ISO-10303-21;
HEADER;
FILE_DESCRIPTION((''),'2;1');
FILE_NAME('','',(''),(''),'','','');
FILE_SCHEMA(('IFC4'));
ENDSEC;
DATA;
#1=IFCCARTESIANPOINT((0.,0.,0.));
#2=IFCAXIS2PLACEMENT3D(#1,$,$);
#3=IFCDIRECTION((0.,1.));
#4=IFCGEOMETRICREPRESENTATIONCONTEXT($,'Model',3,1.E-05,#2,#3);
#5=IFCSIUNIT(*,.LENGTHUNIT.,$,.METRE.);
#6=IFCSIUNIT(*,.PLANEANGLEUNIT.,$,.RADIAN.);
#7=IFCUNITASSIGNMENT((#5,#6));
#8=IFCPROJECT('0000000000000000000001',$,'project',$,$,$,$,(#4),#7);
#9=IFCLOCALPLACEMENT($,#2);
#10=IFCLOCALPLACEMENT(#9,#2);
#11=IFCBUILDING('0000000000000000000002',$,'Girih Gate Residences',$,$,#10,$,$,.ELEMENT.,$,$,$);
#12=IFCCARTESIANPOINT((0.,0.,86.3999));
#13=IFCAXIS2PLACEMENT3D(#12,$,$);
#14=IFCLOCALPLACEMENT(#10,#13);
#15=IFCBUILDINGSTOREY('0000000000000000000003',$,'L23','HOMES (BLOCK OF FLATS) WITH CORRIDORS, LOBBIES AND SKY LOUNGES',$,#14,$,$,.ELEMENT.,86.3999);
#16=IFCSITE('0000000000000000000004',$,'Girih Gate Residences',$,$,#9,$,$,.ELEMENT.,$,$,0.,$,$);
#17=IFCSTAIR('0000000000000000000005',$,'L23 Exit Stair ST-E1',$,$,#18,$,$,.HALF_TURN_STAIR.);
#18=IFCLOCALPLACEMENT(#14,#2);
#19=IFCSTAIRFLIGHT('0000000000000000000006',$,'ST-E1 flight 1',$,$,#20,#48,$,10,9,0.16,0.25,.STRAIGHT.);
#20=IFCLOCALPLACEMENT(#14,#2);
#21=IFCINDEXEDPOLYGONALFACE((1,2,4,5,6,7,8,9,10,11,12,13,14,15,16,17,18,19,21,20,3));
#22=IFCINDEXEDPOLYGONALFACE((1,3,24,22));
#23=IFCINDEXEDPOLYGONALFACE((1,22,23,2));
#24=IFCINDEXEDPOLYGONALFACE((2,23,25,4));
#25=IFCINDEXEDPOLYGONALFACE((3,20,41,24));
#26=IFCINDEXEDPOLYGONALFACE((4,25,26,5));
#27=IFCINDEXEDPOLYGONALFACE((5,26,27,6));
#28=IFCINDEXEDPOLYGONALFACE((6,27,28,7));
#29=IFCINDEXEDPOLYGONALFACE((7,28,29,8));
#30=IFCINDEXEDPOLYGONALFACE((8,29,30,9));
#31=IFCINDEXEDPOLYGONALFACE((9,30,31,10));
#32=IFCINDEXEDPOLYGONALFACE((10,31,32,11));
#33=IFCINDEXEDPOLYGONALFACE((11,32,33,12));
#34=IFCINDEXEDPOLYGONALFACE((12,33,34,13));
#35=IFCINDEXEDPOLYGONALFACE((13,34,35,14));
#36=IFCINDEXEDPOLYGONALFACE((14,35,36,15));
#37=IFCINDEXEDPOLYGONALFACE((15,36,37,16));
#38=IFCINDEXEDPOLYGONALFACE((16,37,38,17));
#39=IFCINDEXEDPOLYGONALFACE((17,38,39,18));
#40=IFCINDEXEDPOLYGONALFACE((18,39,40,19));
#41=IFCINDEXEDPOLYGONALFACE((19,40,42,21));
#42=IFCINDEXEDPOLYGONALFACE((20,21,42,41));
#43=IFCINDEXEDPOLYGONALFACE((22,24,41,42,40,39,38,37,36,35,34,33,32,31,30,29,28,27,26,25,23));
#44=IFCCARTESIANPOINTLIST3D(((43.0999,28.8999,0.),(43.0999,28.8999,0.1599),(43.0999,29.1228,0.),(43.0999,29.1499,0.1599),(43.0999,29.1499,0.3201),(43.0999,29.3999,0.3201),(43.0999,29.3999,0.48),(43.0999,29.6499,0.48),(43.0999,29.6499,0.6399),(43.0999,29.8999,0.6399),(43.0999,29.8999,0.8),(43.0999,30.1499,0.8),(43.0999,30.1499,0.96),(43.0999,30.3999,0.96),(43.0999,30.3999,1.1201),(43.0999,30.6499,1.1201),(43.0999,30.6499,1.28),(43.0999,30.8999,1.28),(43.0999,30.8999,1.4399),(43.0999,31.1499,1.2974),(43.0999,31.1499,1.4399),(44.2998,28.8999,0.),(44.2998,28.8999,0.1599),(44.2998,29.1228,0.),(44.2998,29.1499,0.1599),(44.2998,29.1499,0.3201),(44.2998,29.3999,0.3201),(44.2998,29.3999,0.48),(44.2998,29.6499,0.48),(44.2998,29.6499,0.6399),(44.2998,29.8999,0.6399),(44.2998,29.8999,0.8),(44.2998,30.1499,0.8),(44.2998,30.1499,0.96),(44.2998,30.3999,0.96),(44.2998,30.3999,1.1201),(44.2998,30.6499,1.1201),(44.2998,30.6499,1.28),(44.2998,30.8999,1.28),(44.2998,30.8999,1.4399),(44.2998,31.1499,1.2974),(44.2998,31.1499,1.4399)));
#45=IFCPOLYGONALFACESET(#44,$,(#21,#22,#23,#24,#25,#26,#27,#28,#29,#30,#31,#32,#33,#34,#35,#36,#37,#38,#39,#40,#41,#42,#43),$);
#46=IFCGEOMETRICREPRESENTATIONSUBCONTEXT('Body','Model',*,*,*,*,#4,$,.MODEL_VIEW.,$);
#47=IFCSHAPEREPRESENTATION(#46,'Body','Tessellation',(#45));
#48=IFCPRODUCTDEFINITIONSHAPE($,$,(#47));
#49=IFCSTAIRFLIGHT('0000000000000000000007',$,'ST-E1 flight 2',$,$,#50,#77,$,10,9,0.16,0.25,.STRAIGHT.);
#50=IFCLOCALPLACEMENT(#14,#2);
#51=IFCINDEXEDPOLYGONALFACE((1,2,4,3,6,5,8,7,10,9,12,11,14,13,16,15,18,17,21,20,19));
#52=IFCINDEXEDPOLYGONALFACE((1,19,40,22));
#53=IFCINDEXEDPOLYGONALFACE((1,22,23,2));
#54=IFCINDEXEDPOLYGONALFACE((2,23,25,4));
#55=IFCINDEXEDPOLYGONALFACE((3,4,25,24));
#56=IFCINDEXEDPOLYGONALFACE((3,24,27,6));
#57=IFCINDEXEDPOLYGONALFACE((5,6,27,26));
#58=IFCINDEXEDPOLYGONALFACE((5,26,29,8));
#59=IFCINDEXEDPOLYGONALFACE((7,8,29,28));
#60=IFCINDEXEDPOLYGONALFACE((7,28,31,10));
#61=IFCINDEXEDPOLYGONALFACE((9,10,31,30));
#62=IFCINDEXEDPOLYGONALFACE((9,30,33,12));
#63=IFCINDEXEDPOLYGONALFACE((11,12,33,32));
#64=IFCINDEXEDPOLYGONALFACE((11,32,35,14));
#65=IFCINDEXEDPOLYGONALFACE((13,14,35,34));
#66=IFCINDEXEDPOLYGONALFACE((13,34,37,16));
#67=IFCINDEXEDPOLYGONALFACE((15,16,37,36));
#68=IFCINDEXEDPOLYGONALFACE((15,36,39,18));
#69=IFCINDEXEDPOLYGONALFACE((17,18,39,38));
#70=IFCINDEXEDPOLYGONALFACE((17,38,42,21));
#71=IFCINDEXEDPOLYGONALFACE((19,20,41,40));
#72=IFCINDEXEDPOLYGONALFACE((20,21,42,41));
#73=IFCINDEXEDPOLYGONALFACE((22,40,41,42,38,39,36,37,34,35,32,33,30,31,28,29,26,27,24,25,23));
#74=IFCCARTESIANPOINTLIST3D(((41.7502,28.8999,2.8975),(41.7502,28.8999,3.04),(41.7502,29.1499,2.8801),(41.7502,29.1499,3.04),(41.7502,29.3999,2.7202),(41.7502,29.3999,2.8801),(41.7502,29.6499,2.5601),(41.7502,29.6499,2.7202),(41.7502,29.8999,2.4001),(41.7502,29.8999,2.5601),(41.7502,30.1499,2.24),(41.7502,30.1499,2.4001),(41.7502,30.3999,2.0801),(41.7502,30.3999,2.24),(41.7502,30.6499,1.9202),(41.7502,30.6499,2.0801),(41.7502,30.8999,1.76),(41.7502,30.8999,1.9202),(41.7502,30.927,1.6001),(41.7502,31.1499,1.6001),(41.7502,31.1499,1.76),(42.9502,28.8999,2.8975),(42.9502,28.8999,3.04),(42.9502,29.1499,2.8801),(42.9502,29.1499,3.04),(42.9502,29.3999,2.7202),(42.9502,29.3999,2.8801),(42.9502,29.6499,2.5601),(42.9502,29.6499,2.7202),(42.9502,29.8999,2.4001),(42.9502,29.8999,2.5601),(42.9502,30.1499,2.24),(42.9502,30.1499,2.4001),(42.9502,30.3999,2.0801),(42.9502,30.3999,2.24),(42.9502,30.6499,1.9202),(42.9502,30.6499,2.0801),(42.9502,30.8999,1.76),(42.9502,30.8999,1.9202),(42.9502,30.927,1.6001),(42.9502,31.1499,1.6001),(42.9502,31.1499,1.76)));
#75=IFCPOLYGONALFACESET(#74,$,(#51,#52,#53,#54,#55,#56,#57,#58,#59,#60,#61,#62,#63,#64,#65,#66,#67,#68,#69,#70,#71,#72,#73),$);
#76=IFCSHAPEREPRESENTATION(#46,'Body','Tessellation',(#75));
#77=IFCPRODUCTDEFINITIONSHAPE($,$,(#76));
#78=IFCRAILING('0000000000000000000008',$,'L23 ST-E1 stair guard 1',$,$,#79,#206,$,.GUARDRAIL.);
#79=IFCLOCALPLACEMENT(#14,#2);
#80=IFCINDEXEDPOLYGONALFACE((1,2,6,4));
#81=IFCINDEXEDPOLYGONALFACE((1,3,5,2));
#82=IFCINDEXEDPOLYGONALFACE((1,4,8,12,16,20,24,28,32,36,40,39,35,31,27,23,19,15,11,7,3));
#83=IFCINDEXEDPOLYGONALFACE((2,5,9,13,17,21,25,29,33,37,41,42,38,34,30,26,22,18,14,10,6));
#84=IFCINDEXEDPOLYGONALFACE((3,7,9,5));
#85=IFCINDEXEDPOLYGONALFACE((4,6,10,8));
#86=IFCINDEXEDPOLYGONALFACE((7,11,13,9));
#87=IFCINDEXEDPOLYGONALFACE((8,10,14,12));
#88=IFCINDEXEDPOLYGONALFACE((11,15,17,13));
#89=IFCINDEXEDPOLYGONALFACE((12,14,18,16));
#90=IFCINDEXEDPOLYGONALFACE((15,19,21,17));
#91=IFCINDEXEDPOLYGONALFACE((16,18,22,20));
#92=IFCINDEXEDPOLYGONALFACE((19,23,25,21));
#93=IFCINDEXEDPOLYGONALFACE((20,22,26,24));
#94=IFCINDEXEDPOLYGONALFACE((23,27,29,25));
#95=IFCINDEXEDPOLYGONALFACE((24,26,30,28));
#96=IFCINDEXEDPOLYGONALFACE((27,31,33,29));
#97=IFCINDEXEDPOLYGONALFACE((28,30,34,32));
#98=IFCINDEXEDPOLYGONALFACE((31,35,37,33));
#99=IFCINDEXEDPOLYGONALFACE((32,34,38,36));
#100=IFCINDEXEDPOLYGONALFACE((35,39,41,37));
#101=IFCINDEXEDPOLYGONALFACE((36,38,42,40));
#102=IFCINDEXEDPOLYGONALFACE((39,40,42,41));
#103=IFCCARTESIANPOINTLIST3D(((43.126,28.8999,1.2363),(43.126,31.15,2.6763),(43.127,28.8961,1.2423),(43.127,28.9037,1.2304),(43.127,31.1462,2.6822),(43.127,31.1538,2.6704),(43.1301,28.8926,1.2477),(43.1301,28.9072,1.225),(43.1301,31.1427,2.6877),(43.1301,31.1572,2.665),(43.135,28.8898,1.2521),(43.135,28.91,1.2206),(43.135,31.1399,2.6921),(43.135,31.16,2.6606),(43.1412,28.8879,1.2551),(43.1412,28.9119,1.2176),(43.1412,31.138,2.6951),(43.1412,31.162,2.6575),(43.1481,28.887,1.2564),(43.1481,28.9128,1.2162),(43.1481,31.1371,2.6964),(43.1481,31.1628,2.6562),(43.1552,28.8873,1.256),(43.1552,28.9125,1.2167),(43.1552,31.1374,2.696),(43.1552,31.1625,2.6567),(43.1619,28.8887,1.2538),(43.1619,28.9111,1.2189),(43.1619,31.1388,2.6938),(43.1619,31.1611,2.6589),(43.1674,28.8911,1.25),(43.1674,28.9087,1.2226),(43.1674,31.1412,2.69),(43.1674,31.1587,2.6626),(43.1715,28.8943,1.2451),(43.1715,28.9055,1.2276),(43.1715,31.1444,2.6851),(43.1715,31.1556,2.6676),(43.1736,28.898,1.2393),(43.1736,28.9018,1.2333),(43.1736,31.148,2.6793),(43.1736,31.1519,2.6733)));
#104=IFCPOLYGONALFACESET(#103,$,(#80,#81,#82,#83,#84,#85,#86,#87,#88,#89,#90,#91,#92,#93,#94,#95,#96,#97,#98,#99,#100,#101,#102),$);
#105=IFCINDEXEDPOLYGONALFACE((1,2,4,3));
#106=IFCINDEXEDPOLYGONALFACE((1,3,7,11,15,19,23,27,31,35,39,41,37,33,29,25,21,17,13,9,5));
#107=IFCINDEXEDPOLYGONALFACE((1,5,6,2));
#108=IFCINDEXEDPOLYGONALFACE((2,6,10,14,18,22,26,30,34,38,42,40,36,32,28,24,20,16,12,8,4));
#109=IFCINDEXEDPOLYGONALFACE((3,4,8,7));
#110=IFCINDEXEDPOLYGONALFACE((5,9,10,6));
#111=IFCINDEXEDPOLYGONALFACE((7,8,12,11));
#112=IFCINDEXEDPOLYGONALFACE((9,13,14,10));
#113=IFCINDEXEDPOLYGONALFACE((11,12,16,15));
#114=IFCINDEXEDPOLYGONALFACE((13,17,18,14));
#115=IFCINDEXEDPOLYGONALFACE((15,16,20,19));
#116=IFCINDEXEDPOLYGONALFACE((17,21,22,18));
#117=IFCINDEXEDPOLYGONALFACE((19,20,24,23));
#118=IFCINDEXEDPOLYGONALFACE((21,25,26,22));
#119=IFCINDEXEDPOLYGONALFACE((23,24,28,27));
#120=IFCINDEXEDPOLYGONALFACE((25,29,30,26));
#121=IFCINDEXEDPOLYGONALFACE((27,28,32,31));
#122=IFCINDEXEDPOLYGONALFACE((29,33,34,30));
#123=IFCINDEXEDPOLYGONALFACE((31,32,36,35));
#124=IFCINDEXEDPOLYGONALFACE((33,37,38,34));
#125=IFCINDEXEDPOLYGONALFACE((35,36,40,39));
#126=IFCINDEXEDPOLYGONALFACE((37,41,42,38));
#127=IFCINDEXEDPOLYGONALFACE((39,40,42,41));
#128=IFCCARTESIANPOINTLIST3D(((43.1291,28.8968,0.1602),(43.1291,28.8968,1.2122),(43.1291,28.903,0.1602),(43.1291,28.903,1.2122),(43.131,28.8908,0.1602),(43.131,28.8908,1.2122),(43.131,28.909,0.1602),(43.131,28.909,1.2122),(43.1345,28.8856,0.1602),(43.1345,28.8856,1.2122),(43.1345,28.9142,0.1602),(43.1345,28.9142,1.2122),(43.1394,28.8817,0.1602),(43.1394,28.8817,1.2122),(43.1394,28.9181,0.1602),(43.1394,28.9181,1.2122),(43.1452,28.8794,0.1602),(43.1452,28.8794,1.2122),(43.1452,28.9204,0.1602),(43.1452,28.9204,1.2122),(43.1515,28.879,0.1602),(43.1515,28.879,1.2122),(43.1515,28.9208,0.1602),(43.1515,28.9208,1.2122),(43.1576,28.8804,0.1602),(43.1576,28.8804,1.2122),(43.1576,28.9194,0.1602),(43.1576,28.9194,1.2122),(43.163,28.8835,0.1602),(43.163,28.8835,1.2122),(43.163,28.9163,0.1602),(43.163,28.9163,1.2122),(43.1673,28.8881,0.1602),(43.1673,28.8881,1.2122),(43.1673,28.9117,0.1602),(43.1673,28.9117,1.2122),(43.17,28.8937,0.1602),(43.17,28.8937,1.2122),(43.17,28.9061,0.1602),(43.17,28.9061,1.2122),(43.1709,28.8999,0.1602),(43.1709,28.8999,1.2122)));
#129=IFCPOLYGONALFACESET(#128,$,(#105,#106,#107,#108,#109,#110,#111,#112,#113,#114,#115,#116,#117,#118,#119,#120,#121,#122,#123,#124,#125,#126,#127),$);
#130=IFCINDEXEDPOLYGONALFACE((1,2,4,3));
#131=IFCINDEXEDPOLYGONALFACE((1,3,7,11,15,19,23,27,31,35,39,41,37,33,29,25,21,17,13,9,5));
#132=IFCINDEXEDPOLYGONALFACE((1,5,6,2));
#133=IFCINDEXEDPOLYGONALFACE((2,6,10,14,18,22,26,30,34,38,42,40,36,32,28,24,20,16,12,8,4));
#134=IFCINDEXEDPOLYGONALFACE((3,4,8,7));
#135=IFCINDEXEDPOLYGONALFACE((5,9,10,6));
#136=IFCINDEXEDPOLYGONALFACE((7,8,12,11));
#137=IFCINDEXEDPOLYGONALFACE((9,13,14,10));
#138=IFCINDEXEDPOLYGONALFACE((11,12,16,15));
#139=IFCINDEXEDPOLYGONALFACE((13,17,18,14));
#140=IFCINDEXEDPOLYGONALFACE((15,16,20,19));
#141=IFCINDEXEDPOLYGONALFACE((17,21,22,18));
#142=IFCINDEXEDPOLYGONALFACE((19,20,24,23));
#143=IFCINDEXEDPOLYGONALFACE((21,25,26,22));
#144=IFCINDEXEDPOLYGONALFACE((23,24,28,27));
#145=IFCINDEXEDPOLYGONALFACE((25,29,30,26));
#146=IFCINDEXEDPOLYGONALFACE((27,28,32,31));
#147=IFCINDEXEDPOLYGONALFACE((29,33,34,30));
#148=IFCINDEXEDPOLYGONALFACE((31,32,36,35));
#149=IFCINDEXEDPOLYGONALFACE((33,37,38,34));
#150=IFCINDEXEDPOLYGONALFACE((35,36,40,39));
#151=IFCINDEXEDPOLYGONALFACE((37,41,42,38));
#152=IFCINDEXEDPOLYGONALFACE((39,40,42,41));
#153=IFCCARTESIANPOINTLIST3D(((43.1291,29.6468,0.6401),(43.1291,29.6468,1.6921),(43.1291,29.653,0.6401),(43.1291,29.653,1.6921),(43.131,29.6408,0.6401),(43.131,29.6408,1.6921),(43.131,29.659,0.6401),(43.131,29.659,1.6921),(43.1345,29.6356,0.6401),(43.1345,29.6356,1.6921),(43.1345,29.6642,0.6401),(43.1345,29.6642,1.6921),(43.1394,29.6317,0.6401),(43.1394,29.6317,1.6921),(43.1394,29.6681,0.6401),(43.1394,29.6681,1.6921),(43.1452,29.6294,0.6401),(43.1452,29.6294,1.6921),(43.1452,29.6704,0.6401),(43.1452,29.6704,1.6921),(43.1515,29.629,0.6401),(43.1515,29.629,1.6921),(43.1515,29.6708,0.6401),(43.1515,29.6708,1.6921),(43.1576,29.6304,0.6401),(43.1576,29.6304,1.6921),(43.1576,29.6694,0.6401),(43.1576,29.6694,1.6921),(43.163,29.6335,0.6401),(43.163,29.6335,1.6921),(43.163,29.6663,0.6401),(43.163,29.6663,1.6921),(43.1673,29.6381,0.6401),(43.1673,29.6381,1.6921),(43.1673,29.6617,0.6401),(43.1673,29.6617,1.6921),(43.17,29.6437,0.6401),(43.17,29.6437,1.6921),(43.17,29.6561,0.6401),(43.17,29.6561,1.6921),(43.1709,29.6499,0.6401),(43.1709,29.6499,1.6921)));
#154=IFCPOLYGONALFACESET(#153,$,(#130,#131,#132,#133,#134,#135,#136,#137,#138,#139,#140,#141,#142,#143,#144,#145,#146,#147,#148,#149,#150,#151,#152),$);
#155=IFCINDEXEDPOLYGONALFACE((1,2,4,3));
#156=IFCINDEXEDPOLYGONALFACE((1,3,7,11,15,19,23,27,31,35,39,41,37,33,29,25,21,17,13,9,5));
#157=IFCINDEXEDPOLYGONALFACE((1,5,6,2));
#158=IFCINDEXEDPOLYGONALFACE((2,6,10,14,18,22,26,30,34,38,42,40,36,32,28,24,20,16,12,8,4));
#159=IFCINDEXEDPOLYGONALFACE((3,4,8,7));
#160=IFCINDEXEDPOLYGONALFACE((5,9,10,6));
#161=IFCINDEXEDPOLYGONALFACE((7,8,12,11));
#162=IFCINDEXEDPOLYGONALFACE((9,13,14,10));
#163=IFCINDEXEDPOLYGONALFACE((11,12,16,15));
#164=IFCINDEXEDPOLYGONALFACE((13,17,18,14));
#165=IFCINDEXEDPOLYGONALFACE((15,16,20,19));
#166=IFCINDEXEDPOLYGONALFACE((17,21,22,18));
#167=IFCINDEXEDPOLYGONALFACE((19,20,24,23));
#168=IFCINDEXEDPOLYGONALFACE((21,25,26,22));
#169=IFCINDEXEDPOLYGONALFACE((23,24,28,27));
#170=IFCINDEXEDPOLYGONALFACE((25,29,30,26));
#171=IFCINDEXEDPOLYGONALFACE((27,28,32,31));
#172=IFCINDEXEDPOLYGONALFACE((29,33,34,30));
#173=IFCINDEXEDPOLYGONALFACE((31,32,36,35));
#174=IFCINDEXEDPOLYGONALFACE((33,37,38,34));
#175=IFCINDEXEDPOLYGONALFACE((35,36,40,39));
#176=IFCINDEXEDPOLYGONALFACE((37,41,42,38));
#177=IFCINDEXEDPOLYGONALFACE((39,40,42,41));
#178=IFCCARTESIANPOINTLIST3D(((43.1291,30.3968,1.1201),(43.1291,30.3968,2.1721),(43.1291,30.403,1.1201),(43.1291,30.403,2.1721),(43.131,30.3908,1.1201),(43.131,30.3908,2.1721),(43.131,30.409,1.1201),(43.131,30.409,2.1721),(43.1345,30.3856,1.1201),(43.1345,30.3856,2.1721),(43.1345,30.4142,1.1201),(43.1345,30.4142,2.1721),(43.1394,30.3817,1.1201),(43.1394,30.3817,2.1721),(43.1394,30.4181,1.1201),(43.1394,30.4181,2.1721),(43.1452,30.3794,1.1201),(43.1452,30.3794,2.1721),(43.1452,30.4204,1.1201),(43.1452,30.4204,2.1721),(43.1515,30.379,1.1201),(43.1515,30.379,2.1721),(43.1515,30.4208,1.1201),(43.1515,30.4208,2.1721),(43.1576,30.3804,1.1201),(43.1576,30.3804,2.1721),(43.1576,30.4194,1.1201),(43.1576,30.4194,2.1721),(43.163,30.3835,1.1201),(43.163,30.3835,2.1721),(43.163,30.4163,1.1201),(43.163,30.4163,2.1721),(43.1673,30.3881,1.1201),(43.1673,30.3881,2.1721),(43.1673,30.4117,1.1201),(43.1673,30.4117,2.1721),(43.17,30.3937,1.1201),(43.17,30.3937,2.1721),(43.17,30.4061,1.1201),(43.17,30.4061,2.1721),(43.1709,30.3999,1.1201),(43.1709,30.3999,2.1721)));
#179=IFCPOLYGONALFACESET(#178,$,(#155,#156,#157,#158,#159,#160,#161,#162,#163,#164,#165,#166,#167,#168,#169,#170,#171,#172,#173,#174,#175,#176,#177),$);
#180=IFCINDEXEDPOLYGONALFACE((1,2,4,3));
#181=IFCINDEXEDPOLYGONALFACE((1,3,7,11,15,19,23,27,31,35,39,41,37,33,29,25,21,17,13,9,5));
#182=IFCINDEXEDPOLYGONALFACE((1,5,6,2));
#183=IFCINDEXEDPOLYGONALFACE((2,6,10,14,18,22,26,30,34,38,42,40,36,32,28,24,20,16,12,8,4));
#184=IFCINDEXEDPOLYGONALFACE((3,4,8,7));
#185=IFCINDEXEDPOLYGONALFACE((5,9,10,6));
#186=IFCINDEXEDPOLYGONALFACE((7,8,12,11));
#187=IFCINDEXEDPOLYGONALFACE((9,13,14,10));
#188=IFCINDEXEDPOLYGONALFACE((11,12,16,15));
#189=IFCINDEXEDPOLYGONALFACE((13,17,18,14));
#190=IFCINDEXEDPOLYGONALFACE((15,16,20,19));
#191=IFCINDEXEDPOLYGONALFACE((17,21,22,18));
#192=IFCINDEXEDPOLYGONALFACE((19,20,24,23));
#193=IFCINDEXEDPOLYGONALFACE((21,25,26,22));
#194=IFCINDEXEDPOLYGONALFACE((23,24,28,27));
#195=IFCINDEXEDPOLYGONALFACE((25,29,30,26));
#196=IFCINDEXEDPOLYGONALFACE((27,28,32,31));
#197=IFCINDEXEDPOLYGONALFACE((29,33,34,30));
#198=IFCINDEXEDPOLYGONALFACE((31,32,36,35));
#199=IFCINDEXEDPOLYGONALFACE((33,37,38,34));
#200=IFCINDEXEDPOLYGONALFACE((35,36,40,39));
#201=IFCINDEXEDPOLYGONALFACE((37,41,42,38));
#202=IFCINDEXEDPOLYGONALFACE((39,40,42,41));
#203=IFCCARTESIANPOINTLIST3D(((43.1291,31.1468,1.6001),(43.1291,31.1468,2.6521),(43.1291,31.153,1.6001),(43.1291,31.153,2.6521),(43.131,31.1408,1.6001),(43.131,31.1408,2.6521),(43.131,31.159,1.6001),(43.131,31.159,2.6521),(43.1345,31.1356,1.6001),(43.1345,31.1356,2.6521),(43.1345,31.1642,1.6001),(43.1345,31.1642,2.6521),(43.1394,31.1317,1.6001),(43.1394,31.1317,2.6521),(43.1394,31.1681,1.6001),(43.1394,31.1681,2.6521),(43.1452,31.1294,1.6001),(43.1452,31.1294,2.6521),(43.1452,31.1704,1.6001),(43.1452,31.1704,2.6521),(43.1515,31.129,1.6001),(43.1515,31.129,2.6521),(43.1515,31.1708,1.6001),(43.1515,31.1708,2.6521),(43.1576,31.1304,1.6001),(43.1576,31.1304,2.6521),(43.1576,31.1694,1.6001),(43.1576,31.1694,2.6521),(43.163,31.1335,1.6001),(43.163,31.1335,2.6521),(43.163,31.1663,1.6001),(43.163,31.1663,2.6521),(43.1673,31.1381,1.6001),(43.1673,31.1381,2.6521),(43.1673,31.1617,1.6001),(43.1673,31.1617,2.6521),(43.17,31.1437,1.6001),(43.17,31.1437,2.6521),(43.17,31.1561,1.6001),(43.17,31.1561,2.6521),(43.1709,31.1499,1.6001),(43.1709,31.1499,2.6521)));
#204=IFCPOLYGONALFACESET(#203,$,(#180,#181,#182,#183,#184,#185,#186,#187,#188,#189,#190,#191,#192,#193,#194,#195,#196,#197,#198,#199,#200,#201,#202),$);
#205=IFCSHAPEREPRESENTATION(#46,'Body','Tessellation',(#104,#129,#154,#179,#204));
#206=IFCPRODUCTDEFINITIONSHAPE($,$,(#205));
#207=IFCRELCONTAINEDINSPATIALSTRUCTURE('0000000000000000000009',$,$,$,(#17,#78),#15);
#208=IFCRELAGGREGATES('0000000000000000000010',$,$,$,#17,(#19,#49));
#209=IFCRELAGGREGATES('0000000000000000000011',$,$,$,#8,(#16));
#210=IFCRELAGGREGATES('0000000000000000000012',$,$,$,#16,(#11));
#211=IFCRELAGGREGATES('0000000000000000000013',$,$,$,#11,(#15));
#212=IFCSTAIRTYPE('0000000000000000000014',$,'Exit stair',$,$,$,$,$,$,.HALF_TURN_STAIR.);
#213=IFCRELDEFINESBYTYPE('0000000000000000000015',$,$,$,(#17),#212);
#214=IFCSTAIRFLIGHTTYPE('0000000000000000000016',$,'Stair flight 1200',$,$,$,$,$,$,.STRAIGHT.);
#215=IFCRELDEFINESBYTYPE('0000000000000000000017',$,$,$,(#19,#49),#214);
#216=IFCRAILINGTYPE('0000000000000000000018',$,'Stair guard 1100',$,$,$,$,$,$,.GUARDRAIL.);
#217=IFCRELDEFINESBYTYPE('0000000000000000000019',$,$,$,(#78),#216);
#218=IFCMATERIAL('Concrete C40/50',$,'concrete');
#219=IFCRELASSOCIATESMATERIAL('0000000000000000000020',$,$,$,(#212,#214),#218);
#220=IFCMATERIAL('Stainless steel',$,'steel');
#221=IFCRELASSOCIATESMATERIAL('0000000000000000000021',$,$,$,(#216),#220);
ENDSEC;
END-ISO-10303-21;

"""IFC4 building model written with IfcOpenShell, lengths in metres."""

from ifc_helpers import new_model, si_unit, direction, frame, origin, origin_2d, place, context, subcontext, project, spatial, polyline, circle, outline, extrude, material, type_object, element, aggregate, save


model = new_model("IFC4")

# Units and contexts
model_context = context("Model", 3, precision=1e-05, world=origin(), true_north=direction((0.0, 1.0)))
body_context = subcontext(model_context, "Body", "Model", "MODEL_VIEW")
ifc_project = project(units=[si_unit("LENGTHUNIT", "METRE"), si_unit("PLANEANGLEUNIT", "RADIAN")], contexts=[model_context])

# Site, building, storey
site_placement = place(None, origin())
site = spatial("IfcSite", under=ifc_project, at=site_placement, Name="Girih Gate Residences", CompositionType="ELEMENT", RefElevation=0.0)
building_placement = place(site_placement, origin())
building = spatial("IfcBuilding", under=site, at=building_placement, Name="Girih Gate Residences", CompositionType="ELEMENT")
storey_placement = place(building_placement, frame((0.0, 0.0, 86.3999)))
storey = spatial("IfcBuildingStorey", under=building, at=storey_placement, Name="L23", Description="HOMES (BLOCK OF FLATS) WITH CORRIDORS, LOBBIES AND SKY LOUNGES", CompositionType="ELEMENT", Elevation=86.3999)

# Shared definitions
ifc_material_1 = material(Name="Concrete C40/50", Category="concrete")

# Stair, stair flights
stair_type = type_object("IfcStairType", Name="Exit stair", PredefinedType="HALF_TURN_STAIR", material=ifc_material_1)
stair_placement = place(storey_placement, origin())
stair = element("IfcStair", 1, at=stair_placement, inside=storey, type_object=stair_type, Name="L23 Exit Stair ST-E1", PredefinedType="HALF_TURN_STAIR")
stair_flight_type = type_object("IfcStairFlightType", Name="Stair flight 1200", PredefinedType="STRAIGHT", material=ifc_material_1)
stair_flight_1_placement = place(storey_placement, frame((43.7, 28.8999, 0.0), z_axis=(0.0, 0.0, 1.0), x_axis=(0.0, 1.0, 0.0)))
stair_flight_1 = element("IfcStairFlight", 2, at=stair_flight_1_placement, type_object=stair_flight_type, Name="ST-E1 flight 1", NumberOfRisers=10, NumberOfTreads=9, PredefinedType="STRAIGHT", RiserHeight=0.16, TreadLength=0.25, context=body_context, shape_type="SweptSolid", body=[
    extrude(outline(polyline([(0.0, 0.0), (0.0, 0.1599), (0.25, 0.1599), (0.25, 0.3201), (0.5, 0.3201), (0.5, 0.48), (0.75, 0.48), (0.75, 0.6399), (1.0, 0.6399), (1.0, 0.8), (1.25, 0.8), (1.25, 0.96), (1.5, 0.96), (1.5, 1.1201), (1.75, 1.1201), (1.75, 1.28), (2.0, 1.28), (2.0, 1.4399), (2.25, 1.4399), (2.25, 1.6001), (2.25, 1.2974), (0.2229, 0.0), (0.0, 0.0)])), frame((0.0, 0.6001, 0.0), z_axis=(0.0, -1.0, 0.0), x_axis=(1.0, 0.0, 0.0)), (0.0, 0.0, 1.0), 1.2),
])
stair_flight_2_placement = place(storey_placement, frame((42.3501, 31.1499, 1.6001), z_axis=(0.0, 0.0, 1.0), x_axis=(0.0, -1.0, 0.0)))
stair_flight_2 = element("IfcStairFlight", 3, at=stair_flight_2_placement, type_object=stair_flight_type, Name="ST-E1 flight 2", NumberOfRisers=10, NumberOfTreads=9, PredefinedType="STRAIGHT", RiserHeight=0.16, TreadLength=0.25, context=body_context, shape_type="SweptSolid", body=[
    extrude(outline(polyline([(0.0, 0.0), (0.0, 0.1599), (0.25, 0.1599), (0.25, 0.3201), (0.5, 0.3201), (0.5, 0.48), (0.75, 0.48), (0.75, 0.6399), (1.0, 0.6399), (1.0, 0.8), (1.25, 0.8), (1.25, 0.96), (1.5, 0.96), (1.5, 1.1201), (1.75, 1.1201), (1.75, 1.28), (2.0, 1.28), (2.0, 1.4399), (2.25, 1.4399), (2.25, 1.6001), (2.25, 1.2974), (0.2229, 0.0), (0.0, 0.0)])), frame((0.0, 0.6001, 0.0), z_axis=(0.0, -1.0, 0.0), x_axis=(1.0, 0.0, 0.0)), (0.0, 0.0, 1.0), 1.2),
])
aggregate(stair, [stair_flight_1, stair_flight_2])

# Railing
ifc_material_2 = material(Name="Stainless steel", Category="steel")
railing_type_1 = type_object("IfcRailingType", Name="Stair guard 1100", PredefinedType="GUARDRAIL", material=ifc_material_2)
railing_1_placement = place(storey_placement, frame((43.1499, 28.8999, 0.1602)))
element("IfcRailing", 4, at=railing_1_placement, inside=storey, type_object=railing_type_1, Name="L23 ST-E1 stair guard 1", PredefinedType="GUARDRAIL", context=body_context, shape_type="SweptSolid", body=[
    extrude(circle(Radius=0.0239, at=origin_2d()), frame((0.0, 0.0, 1.0762), z_axis=(0.0, 0.842281, 0.539038), x_axis=(-1.0, 0.0, 0.0)), (0.0, 0.0, 1.0), 2.6714),
    extrude(circle(Radius=0.021, at=origin_2d()), origin(), (0.0, 0.0, 1.0), 1.052),
    extrude(circle(Radius=0.021, at=origin_2d()), frame((0.0, 0.75, 0.48)), (0.0, 0.0, 1.0), 1.052),
    extrude(circle(Radius=0.021, at=origin_2d()), frame((0.0, 1.5, 0.96)), (0.0, 0.0, 1.0), 1.052),
    extrude(circle(Radius=0.021, at=origin_2d()), frame((0.0, 2.25, 1.4399)), (0.0, 0.0, 1.0), 1.052),
])

save(model, "model.ifc")
